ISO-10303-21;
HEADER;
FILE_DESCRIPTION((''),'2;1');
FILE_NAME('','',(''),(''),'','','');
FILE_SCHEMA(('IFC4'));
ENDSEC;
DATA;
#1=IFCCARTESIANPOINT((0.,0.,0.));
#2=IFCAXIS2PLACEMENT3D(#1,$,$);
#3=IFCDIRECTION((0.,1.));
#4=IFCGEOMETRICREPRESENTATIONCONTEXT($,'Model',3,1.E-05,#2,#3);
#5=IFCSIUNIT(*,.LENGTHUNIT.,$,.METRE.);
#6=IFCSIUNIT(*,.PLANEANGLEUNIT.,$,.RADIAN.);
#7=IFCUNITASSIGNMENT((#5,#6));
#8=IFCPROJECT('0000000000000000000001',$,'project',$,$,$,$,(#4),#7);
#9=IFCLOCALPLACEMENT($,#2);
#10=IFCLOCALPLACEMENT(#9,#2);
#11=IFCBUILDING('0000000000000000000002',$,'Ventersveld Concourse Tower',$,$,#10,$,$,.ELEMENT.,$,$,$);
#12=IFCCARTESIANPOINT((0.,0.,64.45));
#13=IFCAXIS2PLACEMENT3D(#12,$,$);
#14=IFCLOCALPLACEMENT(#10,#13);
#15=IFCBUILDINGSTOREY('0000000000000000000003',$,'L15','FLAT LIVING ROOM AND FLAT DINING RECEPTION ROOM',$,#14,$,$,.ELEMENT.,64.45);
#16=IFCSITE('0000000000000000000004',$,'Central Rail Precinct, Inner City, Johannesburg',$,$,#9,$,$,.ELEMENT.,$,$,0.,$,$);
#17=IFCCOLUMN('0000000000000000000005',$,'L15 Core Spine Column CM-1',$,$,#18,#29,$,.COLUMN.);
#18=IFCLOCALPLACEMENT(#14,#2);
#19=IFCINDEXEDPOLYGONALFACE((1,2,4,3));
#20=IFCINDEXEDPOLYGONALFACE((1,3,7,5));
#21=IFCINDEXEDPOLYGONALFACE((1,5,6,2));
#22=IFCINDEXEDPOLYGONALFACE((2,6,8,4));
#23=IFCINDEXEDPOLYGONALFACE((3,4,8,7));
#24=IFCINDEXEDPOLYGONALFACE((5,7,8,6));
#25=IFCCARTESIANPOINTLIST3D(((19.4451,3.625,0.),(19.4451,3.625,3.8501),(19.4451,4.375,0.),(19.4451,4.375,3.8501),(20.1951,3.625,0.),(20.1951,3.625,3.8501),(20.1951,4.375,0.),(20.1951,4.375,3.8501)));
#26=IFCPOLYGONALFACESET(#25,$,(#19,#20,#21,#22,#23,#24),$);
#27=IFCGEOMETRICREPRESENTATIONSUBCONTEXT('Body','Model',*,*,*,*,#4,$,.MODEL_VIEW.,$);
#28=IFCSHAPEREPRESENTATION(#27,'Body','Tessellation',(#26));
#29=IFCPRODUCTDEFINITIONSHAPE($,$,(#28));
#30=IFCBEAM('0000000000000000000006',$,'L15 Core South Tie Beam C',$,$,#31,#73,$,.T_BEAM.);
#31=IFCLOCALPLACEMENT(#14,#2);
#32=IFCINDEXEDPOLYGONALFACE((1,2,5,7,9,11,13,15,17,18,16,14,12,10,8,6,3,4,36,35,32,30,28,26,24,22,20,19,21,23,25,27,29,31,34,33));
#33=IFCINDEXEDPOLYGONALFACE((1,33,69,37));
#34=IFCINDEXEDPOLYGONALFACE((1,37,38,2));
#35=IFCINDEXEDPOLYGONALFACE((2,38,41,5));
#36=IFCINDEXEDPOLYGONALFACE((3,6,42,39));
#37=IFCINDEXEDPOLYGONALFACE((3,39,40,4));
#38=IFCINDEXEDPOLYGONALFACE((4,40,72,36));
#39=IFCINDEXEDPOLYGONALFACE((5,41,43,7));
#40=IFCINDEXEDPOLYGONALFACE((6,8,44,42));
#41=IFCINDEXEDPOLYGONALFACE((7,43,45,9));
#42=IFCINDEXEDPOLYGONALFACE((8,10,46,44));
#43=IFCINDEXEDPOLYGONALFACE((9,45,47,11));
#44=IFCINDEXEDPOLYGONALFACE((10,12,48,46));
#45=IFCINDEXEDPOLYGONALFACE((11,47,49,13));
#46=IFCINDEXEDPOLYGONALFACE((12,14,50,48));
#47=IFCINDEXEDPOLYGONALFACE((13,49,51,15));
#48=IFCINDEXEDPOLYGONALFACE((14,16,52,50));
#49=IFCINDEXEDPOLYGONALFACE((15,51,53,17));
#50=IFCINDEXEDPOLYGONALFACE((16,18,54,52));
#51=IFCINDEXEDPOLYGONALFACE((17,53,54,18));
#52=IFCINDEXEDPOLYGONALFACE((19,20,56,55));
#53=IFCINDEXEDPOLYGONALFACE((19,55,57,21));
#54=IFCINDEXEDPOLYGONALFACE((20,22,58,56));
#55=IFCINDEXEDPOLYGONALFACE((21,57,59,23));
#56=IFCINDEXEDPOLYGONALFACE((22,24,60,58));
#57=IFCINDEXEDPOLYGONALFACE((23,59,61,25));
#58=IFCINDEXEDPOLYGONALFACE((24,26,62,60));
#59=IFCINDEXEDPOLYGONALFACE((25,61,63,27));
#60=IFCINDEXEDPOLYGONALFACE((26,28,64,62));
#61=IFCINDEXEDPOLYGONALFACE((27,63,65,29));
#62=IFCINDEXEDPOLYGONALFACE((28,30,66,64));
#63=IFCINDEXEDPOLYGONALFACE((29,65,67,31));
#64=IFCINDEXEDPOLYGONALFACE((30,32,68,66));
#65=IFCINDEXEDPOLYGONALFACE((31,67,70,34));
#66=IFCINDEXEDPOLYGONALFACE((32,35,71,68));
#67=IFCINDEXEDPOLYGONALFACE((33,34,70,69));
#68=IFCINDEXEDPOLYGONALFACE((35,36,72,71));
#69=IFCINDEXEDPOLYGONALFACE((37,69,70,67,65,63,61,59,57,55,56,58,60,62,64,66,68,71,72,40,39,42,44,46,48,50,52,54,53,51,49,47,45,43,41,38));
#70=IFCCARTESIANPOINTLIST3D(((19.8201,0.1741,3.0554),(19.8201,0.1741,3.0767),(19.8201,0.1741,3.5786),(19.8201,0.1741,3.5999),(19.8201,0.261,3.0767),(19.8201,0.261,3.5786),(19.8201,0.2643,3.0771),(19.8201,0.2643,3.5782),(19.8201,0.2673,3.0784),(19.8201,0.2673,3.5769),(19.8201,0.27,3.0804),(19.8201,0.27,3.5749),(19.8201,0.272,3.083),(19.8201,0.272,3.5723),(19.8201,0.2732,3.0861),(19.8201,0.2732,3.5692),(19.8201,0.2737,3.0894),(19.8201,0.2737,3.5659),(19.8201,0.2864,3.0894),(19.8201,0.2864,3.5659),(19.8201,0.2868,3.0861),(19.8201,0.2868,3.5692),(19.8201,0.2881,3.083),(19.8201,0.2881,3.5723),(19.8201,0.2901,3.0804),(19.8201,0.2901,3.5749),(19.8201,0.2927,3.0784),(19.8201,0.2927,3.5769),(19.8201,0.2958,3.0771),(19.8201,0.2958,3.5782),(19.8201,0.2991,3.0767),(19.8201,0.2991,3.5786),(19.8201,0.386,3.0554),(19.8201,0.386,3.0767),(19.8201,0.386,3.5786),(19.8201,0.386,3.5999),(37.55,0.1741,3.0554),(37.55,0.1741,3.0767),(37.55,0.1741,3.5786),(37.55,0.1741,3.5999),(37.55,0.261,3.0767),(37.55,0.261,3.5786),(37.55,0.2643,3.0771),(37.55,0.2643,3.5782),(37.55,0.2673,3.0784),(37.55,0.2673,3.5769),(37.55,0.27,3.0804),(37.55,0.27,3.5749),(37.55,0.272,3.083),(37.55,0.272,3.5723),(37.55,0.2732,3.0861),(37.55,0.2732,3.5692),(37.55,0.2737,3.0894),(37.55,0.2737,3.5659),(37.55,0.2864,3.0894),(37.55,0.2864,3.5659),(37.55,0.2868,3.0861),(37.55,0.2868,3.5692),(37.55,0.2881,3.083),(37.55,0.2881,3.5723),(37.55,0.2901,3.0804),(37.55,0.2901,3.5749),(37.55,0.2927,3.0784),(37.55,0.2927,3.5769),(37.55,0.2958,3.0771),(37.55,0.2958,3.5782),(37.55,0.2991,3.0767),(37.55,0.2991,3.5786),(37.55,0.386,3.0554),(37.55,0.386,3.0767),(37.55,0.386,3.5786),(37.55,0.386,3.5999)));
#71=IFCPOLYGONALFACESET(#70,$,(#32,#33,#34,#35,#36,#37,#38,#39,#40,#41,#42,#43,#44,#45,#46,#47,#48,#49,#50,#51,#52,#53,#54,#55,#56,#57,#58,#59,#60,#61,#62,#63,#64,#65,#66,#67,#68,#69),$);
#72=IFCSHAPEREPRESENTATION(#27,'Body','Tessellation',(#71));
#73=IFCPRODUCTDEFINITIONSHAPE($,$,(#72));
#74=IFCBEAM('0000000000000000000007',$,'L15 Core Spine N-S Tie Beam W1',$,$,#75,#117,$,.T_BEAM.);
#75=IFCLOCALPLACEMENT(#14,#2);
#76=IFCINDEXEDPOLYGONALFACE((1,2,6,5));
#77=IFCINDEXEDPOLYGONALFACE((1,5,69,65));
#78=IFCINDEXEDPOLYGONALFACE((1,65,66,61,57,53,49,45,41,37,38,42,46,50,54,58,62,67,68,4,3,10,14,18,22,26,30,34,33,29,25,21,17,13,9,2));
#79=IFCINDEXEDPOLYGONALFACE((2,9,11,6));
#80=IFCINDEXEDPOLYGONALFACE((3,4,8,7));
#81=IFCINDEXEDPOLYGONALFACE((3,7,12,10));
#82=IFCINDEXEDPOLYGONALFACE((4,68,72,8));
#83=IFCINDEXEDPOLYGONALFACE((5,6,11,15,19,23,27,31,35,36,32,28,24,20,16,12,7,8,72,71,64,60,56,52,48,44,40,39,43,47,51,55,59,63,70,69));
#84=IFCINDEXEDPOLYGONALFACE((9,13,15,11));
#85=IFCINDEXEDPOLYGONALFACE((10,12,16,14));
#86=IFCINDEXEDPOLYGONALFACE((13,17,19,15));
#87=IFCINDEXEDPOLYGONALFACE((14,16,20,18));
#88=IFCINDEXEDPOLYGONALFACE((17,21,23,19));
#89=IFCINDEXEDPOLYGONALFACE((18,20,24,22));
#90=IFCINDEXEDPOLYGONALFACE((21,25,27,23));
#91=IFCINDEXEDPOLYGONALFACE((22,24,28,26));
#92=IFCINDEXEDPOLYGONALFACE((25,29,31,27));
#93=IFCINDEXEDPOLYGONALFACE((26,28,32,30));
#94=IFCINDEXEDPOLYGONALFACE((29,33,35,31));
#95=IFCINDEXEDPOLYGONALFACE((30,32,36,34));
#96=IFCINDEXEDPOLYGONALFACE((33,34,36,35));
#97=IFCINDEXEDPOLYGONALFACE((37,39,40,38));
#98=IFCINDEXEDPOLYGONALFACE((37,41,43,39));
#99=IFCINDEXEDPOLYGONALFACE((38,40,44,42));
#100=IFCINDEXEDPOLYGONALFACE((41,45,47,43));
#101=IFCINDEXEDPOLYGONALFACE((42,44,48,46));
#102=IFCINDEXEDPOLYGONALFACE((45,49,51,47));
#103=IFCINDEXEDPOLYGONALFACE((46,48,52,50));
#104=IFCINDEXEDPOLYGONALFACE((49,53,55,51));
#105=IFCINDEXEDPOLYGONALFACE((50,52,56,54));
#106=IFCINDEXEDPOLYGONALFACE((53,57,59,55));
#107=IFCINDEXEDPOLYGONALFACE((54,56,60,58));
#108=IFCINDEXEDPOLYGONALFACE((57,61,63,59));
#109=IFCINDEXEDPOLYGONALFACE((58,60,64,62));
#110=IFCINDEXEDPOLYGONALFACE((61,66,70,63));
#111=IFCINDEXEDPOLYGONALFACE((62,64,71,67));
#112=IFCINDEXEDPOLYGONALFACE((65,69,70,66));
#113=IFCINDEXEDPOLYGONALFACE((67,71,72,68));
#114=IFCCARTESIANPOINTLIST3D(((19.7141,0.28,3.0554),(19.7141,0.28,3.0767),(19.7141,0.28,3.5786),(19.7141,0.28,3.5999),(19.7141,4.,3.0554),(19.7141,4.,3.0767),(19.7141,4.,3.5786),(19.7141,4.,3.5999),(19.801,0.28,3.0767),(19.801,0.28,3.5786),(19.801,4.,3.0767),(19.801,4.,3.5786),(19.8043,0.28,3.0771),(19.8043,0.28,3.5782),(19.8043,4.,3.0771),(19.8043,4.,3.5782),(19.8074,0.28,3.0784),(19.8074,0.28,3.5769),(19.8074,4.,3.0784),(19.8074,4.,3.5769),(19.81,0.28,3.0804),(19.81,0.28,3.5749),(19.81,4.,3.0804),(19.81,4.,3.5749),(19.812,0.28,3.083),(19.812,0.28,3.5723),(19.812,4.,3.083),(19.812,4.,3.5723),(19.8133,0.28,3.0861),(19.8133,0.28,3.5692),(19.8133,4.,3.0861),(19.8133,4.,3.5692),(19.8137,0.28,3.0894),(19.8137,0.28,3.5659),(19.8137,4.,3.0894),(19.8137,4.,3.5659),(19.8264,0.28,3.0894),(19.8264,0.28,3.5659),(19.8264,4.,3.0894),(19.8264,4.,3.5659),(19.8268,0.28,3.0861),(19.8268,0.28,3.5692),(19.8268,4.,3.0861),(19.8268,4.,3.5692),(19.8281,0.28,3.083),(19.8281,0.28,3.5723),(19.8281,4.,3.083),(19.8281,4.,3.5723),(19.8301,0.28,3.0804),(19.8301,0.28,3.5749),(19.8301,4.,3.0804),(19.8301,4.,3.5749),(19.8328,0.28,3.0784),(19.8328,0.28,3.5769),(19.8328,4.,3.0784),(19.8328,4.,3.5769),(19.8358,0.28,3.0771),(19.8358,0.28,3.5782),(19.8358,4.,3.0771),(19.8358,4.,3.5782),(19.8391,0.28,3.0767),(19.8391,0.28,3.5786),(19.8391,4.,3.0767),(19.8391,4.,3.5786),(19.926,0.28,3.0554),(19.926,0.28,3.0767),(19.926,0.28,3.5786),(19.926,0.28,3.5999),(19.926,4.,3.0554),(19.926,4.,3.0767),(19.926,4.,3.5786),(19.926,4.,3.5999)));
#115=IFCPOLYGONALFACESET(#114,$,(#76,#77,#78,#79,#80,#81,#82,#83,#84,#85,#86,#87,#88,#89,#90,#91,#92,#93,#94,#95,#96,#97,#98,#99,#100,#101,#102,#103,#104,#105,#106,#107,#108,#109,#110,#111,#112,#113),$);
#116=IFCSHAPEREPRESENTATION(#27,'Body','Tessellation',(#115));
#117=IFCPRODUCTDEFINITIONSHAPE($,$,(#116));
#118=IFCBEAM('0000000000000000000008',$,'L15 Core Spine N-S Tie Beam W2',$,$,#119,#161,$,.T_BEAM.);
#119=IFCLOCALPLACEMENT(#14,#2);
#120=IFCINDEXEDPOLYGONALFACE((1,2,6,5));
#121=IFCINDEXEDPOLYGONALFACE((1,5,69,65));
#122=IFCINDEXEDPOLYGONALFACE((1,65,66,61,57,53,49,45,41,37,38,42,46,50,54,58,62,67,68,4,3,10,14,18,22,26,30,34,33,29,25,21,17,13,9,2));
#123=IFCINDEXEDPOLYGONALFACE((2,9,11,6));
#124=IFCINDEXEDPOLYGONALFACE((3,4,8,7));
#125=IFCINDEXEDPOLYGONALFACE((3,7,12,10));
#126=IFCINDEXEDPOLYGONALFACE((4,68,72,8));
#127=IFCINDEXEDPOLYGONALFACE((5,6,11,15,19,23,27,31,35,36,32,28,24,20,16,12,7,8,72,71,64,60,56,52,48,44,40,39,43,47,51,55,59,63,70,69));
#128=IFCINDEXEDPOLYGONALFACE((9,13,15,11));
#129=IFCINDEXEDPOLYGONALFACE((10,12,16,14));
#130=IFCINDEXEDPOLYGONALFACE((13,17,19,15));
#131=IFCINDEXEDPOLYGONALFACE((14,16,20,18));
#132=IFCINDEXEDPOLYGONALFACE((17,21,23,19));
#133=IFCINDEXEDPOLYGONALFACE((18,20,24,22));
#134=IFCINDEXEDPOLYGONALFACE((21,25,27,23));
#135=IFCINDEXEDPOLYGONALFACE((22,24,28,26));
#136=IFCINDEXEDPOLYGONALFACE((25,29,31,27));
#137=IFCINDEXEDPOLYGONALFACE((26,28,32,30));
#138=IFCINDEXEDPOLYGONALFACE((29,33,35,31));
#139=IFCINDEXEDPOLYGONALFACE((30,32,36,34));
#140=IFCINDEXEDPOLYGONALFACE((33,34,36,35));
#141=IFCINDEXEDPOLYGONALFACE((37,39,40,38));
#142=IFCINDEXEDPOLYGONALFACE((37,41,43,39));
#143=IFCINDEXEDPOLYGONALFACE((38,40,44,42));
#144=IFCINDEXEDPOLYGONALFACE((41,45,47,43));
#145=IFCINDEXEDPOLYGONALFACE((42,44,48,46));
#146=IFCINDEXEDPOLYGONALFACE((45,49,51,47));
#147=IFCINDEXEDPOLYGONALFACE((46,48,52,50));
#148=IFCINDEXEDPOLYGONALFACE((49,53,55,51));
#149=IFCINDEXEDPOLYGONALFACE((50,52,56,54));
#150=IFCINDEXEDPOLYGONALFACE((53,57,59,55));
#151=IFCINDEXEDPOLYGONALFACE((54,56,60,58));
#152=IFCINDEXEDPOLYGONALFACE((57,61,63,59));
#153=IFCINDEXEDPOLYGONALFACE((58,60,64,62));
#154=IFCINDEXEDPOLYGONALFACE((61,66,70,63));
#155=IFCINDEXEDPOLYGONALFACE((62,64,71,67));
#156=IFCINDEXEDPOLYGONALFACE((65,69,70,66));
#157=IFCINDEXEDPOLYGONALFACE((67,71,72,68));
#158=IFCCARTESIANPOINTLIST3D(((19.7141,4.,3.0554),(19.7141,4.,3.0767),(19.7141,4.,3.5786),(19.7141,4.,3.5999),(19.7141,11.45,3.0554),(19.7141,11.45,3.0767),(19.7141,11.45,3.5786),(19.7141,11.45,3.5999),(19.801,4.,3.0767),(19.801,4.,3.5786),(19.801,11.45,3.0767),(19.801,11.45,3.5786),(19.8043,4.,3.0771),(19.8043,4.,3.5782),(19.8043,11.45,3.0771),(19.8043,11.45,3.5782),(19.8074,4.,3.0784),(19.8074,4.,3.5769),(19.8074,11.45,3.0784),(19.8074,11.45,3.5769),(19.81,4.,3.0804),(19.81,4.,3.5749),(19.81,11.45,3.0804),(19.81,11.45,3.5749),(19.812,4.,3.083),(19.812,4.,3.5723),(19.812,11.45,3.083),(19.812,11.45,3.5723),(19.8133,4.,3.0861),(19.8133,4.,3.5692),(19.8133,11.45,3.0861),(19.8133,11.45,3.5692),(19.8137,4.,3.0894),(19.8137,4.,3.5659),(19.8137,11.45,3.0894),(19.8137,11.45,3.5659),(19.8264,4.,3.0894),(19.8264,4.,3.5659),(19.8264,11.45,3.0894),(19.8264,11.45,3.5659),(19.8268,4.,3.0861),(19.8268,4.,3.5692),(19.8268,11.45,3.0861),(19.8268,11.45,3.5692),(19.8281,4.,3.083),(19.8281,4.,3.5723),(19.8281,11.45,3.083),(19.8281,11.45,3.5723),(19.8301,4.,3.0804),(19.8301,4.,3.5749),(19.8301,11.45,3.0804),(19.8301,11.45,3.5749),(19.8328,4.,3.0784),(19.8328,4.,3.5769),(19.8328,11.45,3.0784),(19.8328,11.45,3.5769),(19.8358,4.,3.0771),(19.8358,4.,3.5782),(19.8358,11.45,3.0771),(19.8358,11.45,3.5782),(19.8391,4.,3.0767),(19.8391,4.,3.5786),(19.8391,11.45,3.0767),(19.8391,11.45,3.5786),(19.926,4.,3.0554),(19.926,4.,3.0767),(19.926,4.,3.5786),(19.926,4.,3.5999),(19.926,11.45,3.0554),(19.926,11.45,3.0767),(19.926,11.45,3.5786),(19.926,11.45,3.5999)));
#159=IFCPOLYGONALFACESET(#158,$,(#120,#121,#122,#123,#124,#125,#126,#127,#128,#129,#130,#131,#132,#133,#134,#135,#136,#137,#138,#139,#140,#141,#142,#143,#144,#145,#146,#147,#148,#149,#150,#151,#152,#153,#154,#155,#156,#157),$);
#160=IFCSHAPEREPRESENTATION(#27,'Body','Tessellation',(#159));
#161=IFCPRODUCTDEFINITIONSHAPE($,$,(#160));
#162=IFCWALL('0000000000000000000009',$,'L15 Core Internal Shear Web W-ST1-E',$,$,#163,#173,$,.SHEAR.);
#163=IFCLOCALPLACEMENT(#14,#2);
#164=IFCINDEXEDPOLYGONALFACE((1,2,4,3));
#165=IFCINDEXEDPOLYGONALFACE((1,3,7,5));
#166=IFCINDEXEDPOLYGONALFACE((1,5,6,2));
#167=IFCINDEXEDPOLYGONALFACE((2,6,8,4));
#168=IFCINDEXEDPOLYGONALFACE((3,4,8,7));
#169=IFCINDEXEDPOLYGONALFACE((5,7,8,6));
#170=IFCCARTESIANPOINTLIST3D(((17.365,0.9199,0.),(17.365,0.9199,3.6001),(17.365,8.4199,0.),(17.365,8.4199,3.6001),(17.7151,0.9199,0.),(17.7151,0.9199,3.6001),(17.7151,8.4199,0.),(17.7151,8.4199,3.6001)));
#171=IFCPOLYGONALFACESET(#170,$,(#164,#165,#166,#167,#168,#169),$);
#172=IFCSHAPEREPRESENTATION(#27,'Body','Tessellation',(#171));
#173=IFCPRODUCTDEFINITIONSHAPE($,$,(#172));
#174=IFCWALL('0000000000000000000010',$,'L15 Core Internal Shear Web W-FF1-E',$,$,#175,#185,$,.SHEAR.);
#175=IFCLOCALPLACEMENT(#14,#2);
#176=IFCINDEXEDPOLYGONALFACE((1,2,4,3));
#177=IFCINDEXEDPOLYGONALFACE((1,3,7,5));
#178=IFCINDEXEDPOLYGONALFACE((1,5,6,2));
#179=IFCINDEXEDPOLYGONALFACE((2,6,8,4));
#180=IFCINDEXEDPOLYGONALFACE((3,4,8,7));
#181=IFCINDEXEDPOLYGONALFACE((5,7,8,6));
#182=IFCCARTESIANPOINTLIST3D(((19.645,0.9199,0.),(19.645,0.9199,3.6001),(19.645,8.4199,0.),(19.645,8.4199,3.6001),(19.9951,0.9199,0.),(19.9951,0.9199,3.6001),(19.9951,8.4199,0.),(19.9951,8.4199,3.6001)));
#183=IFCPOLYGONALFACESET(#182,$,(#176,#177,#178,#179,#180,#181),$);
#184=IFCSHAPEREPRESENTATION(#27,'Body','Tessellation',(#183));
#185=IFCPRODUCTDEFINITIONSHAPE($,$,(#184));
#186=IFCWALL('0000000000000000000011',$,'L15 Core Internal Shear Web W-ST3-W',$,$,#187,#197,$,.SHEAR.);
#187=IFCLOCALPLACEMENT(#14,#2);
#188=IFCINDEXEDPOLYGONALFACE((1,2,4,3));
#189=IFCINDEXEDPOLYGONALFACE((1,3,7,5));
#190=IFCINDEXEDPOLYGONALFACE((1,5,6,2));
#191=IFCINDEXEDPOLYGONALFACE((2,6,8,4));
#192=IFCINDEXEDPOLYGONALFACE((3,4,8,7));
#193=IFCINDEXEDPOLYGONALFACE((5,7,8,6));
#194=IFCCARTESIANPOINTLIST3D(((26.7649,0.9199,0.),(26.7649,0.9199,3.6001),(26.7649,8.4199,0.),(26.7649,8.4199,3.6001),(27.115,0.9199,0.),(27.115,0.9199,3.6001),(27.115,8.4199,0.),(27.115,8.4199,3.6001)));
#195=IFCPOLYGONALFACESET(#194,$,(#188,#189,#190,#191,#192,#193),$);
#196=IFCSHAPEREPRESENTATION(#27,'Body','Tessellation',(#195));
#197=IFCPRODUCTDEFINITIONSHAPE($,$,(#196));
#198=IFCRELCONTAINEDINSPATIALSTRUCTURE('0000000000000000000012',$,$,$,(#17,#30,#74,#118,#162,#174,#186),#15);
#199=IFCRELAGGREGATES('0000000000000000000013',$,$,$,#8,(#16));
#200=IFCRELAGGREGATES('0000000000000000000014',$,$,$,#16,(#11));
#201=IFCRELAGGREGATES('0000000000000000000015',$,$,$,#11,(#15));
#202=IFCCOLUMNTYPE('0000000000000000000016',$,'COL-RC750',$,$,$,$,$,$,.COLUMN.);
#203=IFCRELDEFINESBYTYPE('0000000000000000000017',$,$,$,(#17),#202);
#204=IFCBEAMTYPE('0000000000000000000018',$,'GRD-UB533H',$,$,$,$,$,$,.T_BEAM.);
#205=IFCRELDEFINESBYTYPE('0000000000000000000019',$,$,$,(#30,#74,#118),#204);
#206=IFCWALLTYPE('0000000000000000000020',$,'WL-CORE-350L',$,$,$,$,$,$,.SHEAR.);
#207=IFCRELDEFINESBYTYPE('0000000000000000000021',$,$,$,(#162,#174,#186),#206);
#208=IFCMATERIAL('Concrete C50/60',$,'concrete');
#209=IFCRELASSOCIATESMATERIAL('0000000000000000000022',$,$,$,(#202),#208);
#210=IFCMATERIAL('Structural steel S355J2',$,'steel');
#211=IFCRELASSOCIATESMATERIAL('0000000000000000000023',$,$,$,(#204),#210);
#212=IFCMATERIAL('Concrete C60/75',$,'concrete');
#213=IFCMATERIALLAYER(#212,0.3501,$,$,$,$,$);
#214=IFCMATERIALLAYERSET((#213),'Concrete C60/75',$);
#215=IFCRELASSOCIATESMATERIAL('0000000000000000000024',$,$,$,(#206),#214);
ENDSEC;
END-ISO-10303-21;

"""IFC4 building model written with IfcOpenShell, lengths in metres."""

from ifc_helpers import new_model, si_unit, direction, frame, frame_2d, origin, origin_2d, place, context, subcontext, project, spatial, rectangle, i_section, extrude, material, layer, layer_set, material_profile, profile_set, type_object, element, save


model = new_model("IFC4")

# Units and contexts
model_context = context("Model", 3, precision=1e-05, world=origin(), true_north=direction((0.0, 1.0)))
body_context = subcontext(model_context, "Body", "Model", "MODEL_VIEW")
ifc_project = project(units=[si_unit("LENGTHUNIT", "METRE"), si_unit("PLANEANGLEUNIT", "RADIAN")], contexts=[model_context])

# Site, building, storey
site_placement = place(None, origin())
site = spatial("IfcSite", under=ifc_project, at=site_placement, Name="Central Rail Precinct, Inner City, Johannesburg", CompositionType="ELEMENT", RefElevation=0.0)
building_placement = place(site_placement, origin())
building = spatial("IfcBuilding", under=site, at=building_placement, Name="Ventersveld Concourse Tower", CompositionType="ELEMENT")
storey_placement = place(building_placement, frame((0.0, 0.0, 64.45)))
storey = spatial("IfcBuildingStorey", under=building, at=storey_placement, Name="L15", Description="FLAT LIVING ROOM AND FLAT DINING RECEPTION ROOM", CompositionType="ELEMENT", Elevation=64.45)

# Column
ifc_material_1 = material(Name="Concrete C50/60", Category="concrete")
ifc_material_profile_1 = material_profile(ifc_material_1, rectangle(XDim=0.75, YDim=0.75, at=origin_2d()), Name="RC 750x750")
ifc_profile_set_1 = profile_set([ifc_material_profile_1], Name="Concrete C50/60")
column_type = type_object("IfcColumnType", Name="COL-RC750", PredefinedType="COLUMN", material=ifc_profile_set_1)
column_placement = place(storey_placement, frame((19.8201, 4.0, 0.0), z_axis=(0.0, 0.0, 1.0), x_axis=(1.0, 0.0, 0.0)))
element("IfcColumn", 1, at=column_placement, inside=storey, type_object=column_type, Name="L15 Core Spine Column CM-1", PredefinedType="COLUMN", context=body_context, shape_type="SweptSolid", body=[
    extrude(rectangle(XDim=0.75, YDim=0.75, at=origin_2d()), origin(), (0.0, 0.0, 1.0), 3.8501),
])

# Beams
ifc_material_2 = material(Name="Structural steel S355J2", Category="steel")
ifc_material_profile_2 = material_profile(ifc_material_2, i_section(OverallWidth=0.2119, OverallDepth=0.5444, WebThickness=0.0127, FlangeThickness=0.0212, FilletRadius=0.0127, at=origin_2d()), Name="UB 533x210x122")
ifc_profile_set_2 = profile_set([ifc_material_profile_2], Name="Structural steel S355J2")
beam_type = type_object("IfcBeamType", Name="GRD-UB533H", PredefinedType="T_BEAM", material=ifc_profile_set_2)
beam_1_placement = place(storey_placement, frame((19.8201, 0.28, 3.3276), z_axis=(1.0, 0.0, 0.0), x_axis=(0.0, 1.0, 0.0)))
element("IfcBeam", 2, at=beam_1_placement, inside=storey, type_object=beam_type, Name="L15 Core South Tie Beam C", PredefinedType="T_BEAM", context=body_context, shape_type="SweptSolid", body=[
    extrude(i_section(OverallWidth=0.2119, OverallDepth=0.5444, WebThickness=0.0127, FlangeThickness=0.0212, FilletRadius=0.0127, at=origin_2d()), origin(), (0.0, 0.0, 1.0), 17.73),
])
beam_2_placement = place(storey_placement, frame((19.8201, 0.28, 3.3276), z_axis=(0.0, 1.0, 0.0), x_axis=(-1.0, 0.0, 0.0)))
element("IfcBeam", 3, at=beam_2_placement, inside=storey, type_object=beam_type, Name="L15 Core Spine N-S Tie Beam W1", PredefinedType="T_BEAM", context=body_context, shape_type="SweptSolid", body=[
    extrude(i_section(OverallWidth=0.2119, OverallDepth=0.5444, WebThickness=0.0127, FlangeThickness=0.0212, FilletRadius=0.0127, at=origin_2d()), origin(), (0.0, 0.0, 1.0), 3.72),
])
beam_3_placement = place(storey_placement, frame((19.8201, 4.0, 3.3276), z_axis=(0.0, 1.0, 0.0), x_axis=(-1.0, 0.0, 0.0)))
element("IfcBeam", 4, at=beam_3_placement, inside=storey, type_object=beam_type, Name="L15 Core Spine N-S Tie Beam W2", PredefinedType="T_BEAM", context=body_context, shape_type="SweptSolid", body=[
    extrude(i_section(OverallWidth=0.2119, OverallDepth=0.5444, WebThickness=0.0127, FlangeThickness=0.0212, FilletRadius=0.0127, at=origin_2d()), origin(), (0.0, 0.0, 1.0), 7.45),
])

# Walls
ifc_material_3 = material(Name="Concrete C60/75", Category="concrete")
ifc_layer_1 = layer(ifc_material_3, 0.3501)
ifc_layer_set_1 = layer_set([ifc_layer_1], Name="Concrete C60/75")
wall_type_1 = type_object("IfcWallType", Name="WL-CORE-350L", PredefinedType="SHEAR", material=ifc_layer_set_1)
for number, where, z_axis, x_axis, name in (
    (5, (17.54, 0.9199, 0.0), (0.0, 0.0, 1.0), (0.0, 1.0, 0.0), "L15 Core Internal Shear Web W-ST1-E"),
    (6, (19.8201, 0.9199, 0.0), (0.0, 0.0, 1.0), (0.0, 1.0, 0.0), "L15 Core Internal Shear Web W-FF1-E"),
    (7, (26.9399, 0.9199, 0.0), (0.0, 0.0, 1.0), (0.0, 1.0, 0.0), "L15 Core Internal Shear Web W-ST3-W"),
):
    element("IfcWall", number, at=place(storey_placement, frame(where, z_axis=z_axis, x_axis=x_axis)), inside=storey, type_object=wall_type_1, Name=name, PredefinedType="SHEAR", context=body_context, shape_type="SweptSolid", body=[
        extrude(rectangle(XDim=7.5, YDim=0.3501, at=frame_2d((3.75, 0.0))), origin(), (0.0, 0.0, 1.0), 3.6001),
    ])

save(model, "model.ifc")
